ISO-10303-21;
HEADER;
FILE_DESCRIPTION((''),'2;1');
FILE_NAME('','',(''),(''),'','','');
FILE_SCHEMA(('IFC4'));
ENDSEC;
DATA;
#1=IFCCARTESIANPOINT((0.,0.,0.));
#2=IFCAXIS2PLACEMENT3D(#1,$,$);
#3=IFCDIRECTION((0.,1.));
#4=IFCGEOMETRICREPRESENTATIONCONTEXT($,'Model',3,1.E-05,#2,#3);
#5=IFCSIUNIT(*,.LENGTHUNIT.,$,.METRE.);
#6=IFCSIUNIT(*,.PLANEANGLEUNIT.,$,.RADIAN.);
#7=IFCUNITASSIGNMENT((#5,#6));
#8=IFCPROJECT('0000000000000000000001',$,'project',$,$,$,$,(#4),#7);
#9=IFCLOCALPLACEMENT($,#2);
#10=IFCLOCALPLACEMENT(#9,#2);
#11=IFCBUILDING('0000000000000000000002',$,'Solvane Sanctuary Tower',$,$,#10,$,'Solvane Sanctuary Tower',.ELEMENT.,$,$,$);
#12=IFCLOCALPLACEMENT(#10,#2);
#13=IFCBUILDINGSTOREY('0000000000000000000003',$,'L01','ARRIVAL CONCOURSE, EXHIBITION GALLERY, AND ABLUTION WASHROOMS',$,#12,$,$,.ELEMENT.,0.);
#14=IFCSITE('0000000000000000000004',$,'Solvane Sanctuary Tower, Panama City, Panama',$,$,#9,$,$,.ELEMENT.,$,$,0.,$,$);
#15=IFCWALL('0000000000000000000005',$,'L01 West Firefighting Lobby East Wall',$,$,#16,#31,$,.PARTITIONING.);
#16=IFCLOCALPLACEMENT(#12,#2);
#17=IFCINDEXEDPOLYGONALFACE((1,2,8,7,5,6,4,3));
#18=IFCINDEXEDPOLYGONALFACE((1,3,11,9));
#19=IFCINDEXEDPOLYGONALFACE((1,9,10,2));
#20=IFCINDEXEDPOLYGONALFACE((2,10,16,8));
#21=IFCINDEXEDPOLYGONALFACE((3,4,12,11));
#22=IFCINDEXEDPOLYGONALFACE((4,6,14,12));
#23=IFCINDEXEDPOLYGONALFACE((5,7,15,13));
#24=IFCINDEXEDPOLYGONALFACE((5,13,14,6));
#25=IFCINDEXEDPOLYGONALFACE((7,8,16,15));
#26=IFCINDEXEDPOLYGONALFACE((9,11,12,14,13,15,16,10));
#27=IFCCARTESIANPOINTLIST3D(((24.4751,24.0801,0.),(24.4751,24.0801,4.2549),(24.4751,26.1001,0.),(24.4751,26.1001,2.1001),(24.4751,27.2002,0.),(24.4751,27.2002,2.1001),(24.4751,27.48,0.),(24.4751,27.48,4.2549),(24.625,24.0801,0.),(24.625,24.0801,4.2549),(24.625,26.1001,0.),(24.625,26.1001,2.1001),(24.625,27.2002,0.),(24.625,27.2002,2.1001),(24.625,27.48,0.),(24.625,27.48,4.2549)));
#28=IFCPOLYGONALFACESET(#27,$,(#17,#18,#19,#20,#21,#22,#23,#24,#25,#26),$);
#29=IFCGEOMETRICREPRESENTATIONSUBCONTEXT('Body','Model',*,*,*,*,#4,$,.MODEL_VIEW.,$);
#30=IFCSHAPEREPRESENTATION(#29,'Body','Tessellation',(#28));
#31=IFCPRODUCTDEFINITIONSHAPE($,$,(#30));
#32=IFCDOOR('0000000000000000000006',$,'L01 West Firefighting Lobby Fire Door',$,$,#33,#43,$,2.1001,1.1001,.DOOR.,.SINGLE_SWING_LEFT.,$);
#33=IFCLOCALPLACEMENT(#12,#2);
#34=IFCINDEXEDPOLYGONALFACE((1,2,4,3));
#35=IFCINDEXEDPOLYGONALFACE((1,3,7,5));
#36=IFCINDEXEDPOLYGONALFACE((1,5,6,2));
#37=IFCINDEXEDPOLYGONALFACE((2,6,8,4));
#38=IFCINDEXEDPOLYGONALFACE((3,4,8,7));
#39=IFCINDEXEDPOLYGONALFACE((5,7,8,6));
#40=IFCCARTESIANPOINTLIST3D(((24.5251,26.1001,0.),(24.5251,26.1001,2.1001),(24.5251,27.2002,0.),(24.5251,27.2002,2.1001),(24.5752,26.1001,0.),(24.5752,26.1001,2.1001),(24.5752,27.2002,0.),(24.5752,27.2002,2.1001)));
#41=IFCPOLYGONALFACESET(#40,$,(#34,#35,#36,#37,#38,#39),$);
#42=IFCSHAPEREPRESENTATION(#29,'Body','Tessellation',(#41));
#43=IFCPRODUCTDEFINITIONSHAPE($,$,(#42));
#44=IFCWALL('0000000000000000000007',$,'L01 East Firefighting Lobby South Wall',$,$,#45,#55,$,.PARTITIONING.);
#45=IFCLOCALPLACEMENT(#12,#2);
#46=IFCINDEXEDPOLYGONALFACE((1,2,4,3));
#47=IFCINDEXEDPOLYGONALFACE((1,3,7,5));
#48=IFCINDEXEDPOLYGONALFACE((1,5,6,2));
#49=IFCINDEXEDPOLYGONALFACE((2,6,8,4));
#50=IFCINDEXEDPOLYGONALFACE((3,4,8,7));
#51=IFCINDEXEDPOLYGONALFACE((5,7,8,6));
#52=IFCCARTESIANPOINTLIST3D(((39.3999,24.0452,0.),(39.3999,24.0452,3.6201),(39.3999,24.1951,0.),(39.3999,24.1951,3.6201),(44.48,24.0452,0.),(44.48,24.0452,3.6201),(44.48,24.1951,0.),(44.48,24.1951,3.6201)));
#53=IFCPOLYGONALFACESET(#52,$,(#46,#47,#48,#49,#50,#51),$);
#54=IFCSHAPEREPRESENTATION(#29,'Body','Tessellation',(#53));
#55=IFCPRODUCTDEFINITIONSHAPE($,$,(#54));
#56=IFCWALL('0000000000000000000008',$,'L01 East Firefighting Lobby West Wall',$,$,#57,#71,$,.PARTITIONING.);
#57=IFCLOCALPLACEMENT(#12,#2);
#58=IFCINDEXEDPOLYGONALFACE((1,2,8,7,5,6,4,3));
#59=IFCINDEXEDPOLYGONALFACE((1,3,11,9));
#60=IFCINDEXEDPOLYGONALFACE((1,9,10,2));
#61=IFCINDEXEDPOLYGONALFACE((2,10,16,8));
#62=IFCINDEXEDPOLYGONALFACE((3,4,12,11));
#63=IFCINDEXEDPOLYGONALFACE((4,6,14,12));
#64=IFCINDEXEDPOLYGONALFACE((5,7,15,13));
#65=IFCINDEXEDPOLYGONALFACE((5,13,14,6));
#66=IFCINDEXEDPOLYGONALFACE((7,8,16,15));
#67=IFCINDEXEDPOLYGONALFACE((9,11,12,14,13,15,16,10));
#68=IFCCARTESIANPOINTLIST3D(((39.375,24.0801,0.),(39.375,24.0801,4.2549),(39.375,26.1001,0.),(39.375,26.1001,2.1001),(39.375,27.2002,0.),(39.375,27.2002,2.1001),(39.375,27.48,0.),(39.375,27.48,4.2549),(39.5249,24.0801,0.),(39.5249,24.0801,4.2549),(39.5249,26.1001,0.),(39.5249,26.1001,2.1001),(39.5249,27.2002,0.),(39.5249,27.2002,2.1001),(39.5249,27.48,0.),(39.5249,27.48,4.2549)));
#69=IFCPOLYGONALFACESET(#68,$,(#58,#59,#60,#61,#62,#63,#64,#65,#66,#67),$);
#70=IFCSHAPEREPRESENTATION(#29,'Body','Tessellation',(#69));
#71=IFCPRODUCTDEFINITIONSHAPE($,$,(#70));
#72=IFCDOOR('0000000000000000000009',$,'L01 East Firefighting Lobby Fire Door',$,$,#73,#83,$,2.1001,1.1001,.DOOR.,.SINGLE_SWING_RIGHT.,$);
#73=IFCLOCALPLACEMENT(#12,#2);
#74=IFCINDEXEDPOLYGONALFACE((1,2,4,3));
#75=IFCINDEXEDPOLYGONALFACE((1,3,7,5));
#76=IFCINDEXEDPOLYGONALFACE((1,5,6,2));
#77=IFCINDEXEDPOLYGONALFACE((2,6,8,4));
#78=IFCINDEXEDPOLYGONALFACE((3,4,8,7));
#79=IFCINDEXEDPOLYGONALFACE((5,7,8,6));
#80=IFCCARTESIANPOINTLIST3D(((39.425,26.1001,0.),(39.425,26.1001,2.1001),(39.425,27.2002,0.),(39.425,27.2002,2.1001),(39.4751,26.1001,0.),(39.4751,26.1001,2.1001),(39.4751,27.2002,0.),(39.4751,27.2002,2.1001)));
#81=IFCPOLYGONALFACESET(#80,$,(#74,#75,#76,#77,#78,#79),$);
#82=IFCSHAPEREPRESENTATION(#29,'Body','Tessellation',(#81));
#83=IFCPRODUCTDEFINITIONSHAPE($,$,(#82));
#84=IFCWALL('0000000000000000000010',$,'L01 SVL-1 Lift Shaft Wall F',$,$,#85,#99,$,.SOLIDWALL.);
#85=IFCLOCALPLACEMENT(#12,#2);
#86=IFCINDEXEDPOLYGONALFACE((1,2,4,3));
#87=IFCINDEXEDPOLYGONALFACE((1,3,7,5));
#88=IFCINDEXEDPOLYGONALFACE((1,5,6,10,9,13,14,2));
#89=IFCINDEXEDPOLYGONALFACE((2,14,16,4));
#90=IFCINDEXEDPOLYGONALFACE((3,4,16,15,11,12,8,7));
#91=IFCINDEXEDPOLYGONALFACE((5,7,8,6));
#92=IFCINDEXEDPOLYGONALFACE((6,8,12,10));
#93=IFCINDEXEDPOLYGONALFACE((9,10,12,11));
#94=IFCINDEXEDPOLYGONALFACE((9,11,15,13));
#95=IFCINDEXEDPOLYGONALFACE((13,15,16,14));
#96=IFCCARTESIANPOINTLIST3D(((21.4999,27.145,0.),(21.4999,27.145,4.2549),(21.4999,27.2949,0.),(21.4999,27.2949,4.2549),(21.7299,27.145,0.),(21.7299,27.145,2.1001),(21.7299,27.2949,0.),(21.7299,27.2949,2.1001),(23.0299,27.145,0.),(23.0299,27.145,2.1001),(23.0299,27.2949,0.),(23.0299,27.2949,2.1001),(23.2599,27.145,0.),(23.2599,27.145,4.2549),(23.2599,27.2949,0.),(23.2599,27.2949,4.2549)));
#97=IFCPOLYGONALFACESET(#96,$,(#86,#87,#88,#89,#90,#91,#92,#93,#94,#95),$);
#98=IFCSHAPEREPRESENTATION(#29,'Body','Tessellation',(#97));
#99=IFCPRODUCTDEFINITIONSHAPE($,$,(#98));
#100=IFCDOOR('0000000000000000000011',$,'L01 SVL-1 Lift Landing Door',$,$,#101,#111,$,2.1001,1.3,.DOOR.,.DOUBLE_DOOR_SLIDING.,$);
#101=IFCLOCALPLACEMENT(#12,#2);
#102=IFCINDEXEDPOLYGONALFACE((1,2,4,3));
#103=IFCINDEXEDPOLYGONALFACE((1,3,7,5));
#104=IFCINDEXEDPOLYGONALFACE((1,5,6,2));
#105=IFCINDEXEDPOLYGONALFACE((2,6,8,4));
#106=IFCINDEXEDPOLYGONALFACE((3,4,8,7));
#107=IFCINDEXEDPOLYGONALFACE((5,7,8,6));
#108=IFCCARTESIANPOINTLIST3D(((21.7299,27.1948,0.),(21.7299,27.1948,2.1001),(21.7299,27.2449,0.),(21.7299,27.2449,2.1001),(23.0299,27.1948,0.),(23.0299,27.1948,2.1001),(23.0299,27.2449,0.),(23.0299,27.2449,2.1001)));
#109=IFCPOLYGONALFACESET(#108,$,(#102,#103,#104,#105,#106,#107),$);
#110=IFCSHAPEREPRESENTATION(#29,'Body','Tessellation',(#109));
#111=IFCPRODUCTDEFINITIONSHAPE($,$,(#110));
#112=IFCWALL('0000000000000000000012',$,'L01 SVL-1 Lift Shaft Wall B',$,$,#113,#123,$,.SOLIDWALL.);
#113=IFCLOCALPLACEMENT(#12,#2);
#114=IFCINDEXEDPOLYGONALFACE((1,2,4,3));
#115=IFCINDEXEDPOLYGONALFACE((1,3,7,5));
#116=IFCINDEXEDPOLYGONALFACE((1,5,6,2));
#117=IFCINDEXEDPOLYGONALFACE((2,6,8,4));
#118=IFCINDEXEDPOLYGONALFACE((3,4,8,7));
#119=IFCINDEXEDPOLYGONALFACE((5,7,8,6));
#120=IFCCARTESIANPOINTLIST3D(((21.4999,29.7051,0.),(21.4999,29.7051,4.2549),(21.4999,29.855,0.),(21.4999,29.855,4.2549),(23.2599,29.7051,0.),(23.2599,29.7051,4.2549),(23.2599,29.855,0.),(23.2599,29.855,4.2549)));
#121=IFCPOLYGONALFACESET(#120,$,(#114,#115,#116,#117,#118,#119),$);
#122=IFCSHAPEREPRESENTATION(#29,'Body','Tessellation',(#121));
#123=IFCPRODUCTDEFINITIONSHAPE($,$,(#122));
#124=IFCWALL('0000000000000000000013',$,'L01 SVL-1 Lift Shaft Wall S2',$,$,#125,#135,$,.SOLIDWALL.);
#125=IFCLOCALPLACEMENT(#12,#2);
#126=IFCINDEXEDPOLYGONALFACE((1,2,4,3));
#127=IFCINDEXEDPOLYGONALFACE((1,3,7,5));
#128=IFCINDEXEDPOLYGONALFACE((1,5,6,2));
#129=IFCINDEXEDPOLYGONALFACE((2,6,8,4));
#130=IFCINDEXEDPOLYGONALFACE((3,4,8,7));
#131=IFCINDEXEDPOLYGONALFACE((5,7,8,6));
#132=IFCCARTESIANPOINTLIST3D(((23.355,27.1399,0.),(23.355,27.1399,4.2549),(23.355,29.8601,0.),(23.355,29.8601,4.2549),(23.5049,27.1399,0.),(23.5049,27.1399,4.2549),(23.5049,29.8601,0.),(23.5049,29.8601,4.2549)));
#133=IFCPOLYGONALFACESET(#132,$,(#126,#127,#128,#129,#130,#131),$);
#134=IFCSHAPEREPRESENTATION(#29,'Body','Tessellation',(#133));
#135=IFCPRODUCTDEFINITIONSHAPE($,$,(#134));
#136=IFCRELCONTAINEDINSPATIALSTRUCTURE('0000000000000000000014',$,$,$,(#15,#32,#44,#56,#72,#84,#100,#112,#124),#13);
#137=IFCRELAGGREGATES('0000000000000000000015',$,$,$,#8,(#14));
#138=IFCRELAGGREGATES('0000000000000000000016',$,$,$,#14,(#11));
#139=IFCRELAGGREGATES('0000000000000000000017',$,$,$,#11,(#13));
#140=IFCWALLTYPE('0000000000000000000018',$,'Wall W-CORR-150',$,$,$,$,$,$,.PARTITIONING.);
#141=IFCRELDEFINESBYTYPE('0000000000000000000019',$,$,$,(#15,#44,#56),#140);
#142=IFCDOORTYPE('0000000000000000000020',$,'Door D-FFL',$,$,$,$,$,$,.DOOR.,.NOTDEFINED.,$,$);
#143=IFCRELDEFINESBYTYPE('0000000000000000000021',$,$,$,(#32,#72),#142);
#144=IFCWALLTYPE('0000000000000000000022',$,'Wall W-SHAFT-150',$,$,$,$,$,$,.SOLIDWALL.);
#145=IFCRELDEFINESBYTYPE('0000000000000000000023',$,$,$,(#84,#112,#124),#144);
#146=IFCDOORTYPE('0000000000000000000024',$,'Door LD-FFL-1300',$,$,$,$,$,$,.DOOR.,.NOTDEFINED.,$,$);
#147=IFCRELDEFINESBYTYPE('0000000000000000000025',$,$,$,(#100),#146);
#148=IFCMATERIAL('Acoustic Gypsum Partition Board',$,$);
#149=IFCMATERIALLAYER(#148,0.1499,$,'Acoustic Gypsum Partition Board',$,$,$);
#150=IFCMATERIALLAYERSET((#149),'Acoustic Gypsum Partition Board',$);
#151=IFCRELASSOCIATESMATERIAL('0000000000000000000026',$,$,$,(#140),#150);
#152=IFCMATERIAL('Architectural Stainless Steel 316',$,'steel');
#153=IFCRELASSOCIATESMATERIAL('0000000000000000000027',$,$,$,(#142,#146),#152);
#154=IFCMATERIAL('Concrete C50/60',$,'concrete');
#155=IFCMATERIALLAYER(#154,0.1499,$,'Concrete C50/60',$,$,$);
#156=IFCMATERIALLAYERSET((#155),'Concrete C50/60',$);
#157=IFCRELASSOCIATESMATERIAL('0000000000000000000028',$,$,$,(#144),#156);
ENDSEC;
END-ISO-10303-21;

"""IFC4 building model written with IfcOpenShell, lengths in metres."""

from ifc_helpers import new_model, si_unit, direction, frame, frame_2d, origin, place, context, subcontext, project, spatial, rectangle, extrude, material, layer, layer_set, type_object, element, fill, save


model = new_model("IFC4")

# Units and contexts
model_context = context("Model", 3, precision=1e-05, world=origin(), true_north=direction((0.0, 1.0)))
body_context = subcontext(model_context, "Body", "Model", "MODEL_VIEW")
ifc_project = project(units=[si_unit("LENGTHUNIT", "METRE"), si_unit("PLANEANGLEUNIT", "RADIAN")], contexts=[model_context])

# Site, building, storey
site_placement = place(None, origin())
site = spatial("IfcSite", under=ifc_project, at=site_placement, Name="Solvane Sanctuary Tower, Panama City, Panama", CompositionType="ELEMENT", RefElevation=0.0)
building_placement = place(site_placement, origin())
building = spatial("IfcBuilding", under=site, at=building_placement, Name="Solvane Sanctuary Tower", LongName="Solvane Sanctuary Tower", CompositionType="ELEMENT")
storey_placement = place(building_placement, origin())
storey = spatial("IfcBuildingStorey", under=building, at=storey_placement, Name="L01", Description="ARRIVAL CONCOURSE, EXHIBITION GALLERY, AND ABLUTION WASHROOMS", CompositionType="ELEMENT", Elevation=0.0)

# Wall, opening, door
ifc_material_1 = material(Name="Acoustic Gypsum Partition Board")
ifc_layer_1 = layer(ifc_material_1, 0.1499, Name="Acoustic Gypsum Partition Board")
ifc_layer_set_1 = layer_set([ifc_layer_1], Name="Acoustic Gypsum Partition Board")
wall_type_1 = type_object("IfcWallType", Name="Wall W-CORR-150", PredefinedType="PARTITIONING", material=ifc_layer_set_1)
wall_1_placement = place(storey_placement, frame((24.55, 24.0801, 0.0), z_axis=(0.0, 0.0, 1.0), x_axis=(0.0, 1.0, 0.0)))
wall_1 = element("IfcWall", 1, at=wall_1_placement, inside=storey, type_object=wall_type_1, Name="L01 West Firefighting Lobby East Wall", PredefinedType="PARTITIONING", context=body_context, shape_type="SweptSolid", body=[
    extrude(rectangle(XDim=3.3999, YDim=0.1499, at=frame_2d((1.7, 0.0))), origin(), (0.0, 0.0, 1.0), 4.2549),
])
opening_1_placement = place(wall_1_placement, frame((2.02, 0.0, 0.0)))
opening_1 = element("IfcOpeningElement", 2, at=opening_1_placement, cuts=wall_1, PredefinedType="OPENING", context=body_context, shape_type="SweptSolid", body=[
    extrude(rectangle(XDim=1.1001, YDim=2.1001, at=frame_2d((0.55, 1.05))), frame((0.0, 0.085, 0.0), z_axis=(0.0, -1.0, 0.0), x_axis=(1.0, 0.0, 0.0)), (0.0, 0.0, 1.0), 0.1699),
])
ifc_material_2 = material(Name="Architectural Stainless Steel 316", Category="steel")
door_type_1 = type_object("IfcDoorType", Name="Door D-FFL", OperationType="NOTDEFINED", PredefinedType="DOOR", material=ifc_material_2)
door_1_placement = place(opening_1_placement, origin())
door_1 = element("IfcDoor", 3, at=door_1_placement, inside=storey, type_object=door_type_1, Name="L01 West Firefighting Lobby Fire Door", OperationType="SINGLE_SWING_LEFT", OverallHeight=2.1001, OverallWidth=1.1001, PredefinedType="DOOR", context=body_context, shape_type="SweptSolid", body=[
    extrude(rectangle(XDim=1.1001, YDim=2.1001, at=frame_2d((0.55, 1.05))), frame((0.0, 0.0249, 0.0), z_axis=(0.0, -1.0, 0.0), x_axis=(1.0, 0.0, 0.0)), (0.0, 0.0, 1.0), 0.05),
])
fill(opening_1, door_1)

# Wall
wall_2_placement = place(storey_placement, frame((39.3999, 24.1201, 0.0), z_axis=(0.0, 0.0, 1.0), x_axis=(1.0, 0.0, 0.0)))
element("IfcWall", 4, at=wall_2_placement, inside=storey, type_object=wall_type_1, Name="L01 East Firefighting Lobby South Wall", PredefinedType="PARTITIONING", context=body_context, shape_type="SweptSolid", body=[
    extrude(rectangle(XDim=5.0801, YDim=0.1499, at=frame_2d((2.54, 0.0))), origin(), (0.0, 0.0, 1.0), 3.6201),
])

# Walls, openings, doors
wall_3_placement = place(storey_placement, frame((39.45, 24.0801, 0.0), z_axis=(0.0, 0.0, 1.0), x_axis=(0.0, 1.0, 0.0)))
wall_3 = element("IfcWall", 5, at=wall_3_placement, inside=storey, type_object=wall_type_1, Name="L01 East Firefighting Lobby West Wall", PredefinedType="PARTITIONING", context=body_context, shape_type="SweptSolid", body=[
    extrude(rectangle(XDim=3.3999, YDim=0.1499, at=frame_2d((1.7, 0.0))), origin(), (0.0, 0.0, 1.0), 4.2549),
])
opening_2_placement = place(wall_3_placement, frame((2.02, 0.0, 0.0)))
opening_2 = element("IfcOpeningElement", 6, at=opening_2_placement, cuts=wall_3, PredefinedType="OPENING", context=body_context, shape_type="SweptSolid", body=[
    extrude(rectangle(XDim=1.1001, YDim=2.1001, at=frame_2d((0.55, 1.05))), frame((0.0, 0.085, 0.0), z_axis=(0.0, -1.0, 0.0), x_axis=(1.0, 0.0, 0.0)), (0.0, 0.0, 1.0), 0.1699),
])
door_2_placement = place(opening_2_placement, origin())
door_2 = element("IfcDoor", 7, at=door_2_placement, inside=storey, type_object=door_type_1, Name="L01 East Firefighting Lobby Fire Door", OperationType="SINGLE_SWING_RIGHT", OverallHeight=2.1001, OverallWidth=1.1001, PredefinedType="DOOR", context=body_context, shape_type="SweptSolid", body=[
    extrude(rectangle(XDim=1.1001, YDim=2.1001, at=frame_2d((0.55, 1.05))), frame((0.0, 0.0249, 0.0), z_axis=(0.0, -1.0, 0.0), x_axis=(1.0, 0.0, 0.0)), (0.0, 0.0, 1.0), 0.05),
])
fill(opening_2, door_2)
ifc_material_3 = material(Name="Concrete C50/60", Category="concrete")
ifc_layer_2 = layer(ifc_material_3, 0.1499, Name="Concrete C50/60")
ifc_layer_set_2 = layer_set([ifc_layer_2], Name="Concrete C50/60")
wall_type_2 = type_object("IfcWallType", Name="Wall W-SHAFT-150", PredefinedType="SOLIDWALL", material=ifc_layer_set_2)
wall_4_placement = place(storey_placement, frame((21.5, 27.22, 0.0), z_axis=(0.0, 0.0, 1.0), x_axis=(1.0, 0.0, 0.0)))
wall_4 = element("IfcWall", 8, at=wall_4_placement, inside=storey, type_object=wall_type_2, Name="L01 SVL-1 Lift Shaft Wall F", PredefinedType="SOLIDWALL", context=body_context, shape_type="SweptSolid", body=[
    extrude(rectangle(XDim=1.76, YDim=0.1499, at=frame_2d((0.8799, 0.0))), origin(), (0.0, 0.0, 1.0), 4.2549),
])
opening_3_placement = place(wall_4_placement, frame((0.23, 0.0, 0.0)))
opening_3 = element("IfcOpeningElement", 9, at=opening_3_placement, cuts=wall_4, PredefinedType="OPENING", context=body_context, shape_type="SweptSolid", body=[
    extrude(rectangle(XDim=1.3, YDim=2.1001, at=frame_2d((0.6499, 1.05))), frame((0.0, 0.085, 0.0), z_axis=(0.0, -1.0, 0.0), x_axis=(1.0, 0.0, 0.0)), (0.0, 0.0, 1.0), 0.1699),
])
door_type_2 = type_object("IfcDoorType", Name="Door LD-FFL-1300", OperationType="NOTDEFINED", PredefinedType="DOOR", material=ifc_material_2)
door_3_placement = place(opening_3_placement, origin())
door_3 = element("IfcDoor", 10, at=door_3_placement, inside=storey, type_object=door_type_2, Name="L01 SVL-1 Lift Landing Door", OperationType="DOUBLE_DOOR_SLIDING", OverallHeight=2.1001, OverallWidth=1.3, PredefinedType="DOOR", context=body_context, shape_type="SweptSolid", body=[
    extrude(rectangle(XDim=1.3, YDim=2.1001, at=frame_2d((0.6499, 1.05))), frame((0.0, 0.0249, 0.0), z_axis=(0.0, -1.0, 0.0), x_axis=(1.0, 0.0, 0.0)), (0.0, 0.0, 1.0), 0.05),
])
fill(opening_3, door_3)

# Walls
wall_5_placement = place(storey_placement, frame((21.5, 29.78, 0.0), z_axis=(0.0, 0.0, 1.0), x_axis=(1.0, 0.0, 0.0)))
element("IfcWall", 11, at=wall_5_placement, inside=storey, type_object=wall_type_2, Name="L01 SVL-1 Lift Shaft Wall B", PredefinedType="SOLIDWALL", context=body_context, shape_type="SweptSolid", body=[
    extrude(rectangle(XDim=1.76, YDim=0.1499, at=frame_2d((0.8799, 0.0))), origin(), (0.0, 0.0, 1.0), 4.2549),
])
wall_6_placement = place(storey_placement, frame((23.4299, 27.1399, 0.0), z_axis=(0.0, 0.0, 1.0), x_axis=(0.0, 1.0, 0.0)))
element("IfcWall", 12, at=wall_6_placement, inside=storey, type_object=wall_type_2, Name="L01 SVL-1 Lift Shaft Wall S2", PredefinedType="SOLIDWALL", context=body_context, shape_type="SweptSolid", body=[
    extrude(rectangle(XDim=2.7202, YDim=0.1499, at=frame_2d((1.3601, 0.0))), origin(), (0.0, 0.0, 1.0), 4.2549),
])

save(model, "model.ifc")
